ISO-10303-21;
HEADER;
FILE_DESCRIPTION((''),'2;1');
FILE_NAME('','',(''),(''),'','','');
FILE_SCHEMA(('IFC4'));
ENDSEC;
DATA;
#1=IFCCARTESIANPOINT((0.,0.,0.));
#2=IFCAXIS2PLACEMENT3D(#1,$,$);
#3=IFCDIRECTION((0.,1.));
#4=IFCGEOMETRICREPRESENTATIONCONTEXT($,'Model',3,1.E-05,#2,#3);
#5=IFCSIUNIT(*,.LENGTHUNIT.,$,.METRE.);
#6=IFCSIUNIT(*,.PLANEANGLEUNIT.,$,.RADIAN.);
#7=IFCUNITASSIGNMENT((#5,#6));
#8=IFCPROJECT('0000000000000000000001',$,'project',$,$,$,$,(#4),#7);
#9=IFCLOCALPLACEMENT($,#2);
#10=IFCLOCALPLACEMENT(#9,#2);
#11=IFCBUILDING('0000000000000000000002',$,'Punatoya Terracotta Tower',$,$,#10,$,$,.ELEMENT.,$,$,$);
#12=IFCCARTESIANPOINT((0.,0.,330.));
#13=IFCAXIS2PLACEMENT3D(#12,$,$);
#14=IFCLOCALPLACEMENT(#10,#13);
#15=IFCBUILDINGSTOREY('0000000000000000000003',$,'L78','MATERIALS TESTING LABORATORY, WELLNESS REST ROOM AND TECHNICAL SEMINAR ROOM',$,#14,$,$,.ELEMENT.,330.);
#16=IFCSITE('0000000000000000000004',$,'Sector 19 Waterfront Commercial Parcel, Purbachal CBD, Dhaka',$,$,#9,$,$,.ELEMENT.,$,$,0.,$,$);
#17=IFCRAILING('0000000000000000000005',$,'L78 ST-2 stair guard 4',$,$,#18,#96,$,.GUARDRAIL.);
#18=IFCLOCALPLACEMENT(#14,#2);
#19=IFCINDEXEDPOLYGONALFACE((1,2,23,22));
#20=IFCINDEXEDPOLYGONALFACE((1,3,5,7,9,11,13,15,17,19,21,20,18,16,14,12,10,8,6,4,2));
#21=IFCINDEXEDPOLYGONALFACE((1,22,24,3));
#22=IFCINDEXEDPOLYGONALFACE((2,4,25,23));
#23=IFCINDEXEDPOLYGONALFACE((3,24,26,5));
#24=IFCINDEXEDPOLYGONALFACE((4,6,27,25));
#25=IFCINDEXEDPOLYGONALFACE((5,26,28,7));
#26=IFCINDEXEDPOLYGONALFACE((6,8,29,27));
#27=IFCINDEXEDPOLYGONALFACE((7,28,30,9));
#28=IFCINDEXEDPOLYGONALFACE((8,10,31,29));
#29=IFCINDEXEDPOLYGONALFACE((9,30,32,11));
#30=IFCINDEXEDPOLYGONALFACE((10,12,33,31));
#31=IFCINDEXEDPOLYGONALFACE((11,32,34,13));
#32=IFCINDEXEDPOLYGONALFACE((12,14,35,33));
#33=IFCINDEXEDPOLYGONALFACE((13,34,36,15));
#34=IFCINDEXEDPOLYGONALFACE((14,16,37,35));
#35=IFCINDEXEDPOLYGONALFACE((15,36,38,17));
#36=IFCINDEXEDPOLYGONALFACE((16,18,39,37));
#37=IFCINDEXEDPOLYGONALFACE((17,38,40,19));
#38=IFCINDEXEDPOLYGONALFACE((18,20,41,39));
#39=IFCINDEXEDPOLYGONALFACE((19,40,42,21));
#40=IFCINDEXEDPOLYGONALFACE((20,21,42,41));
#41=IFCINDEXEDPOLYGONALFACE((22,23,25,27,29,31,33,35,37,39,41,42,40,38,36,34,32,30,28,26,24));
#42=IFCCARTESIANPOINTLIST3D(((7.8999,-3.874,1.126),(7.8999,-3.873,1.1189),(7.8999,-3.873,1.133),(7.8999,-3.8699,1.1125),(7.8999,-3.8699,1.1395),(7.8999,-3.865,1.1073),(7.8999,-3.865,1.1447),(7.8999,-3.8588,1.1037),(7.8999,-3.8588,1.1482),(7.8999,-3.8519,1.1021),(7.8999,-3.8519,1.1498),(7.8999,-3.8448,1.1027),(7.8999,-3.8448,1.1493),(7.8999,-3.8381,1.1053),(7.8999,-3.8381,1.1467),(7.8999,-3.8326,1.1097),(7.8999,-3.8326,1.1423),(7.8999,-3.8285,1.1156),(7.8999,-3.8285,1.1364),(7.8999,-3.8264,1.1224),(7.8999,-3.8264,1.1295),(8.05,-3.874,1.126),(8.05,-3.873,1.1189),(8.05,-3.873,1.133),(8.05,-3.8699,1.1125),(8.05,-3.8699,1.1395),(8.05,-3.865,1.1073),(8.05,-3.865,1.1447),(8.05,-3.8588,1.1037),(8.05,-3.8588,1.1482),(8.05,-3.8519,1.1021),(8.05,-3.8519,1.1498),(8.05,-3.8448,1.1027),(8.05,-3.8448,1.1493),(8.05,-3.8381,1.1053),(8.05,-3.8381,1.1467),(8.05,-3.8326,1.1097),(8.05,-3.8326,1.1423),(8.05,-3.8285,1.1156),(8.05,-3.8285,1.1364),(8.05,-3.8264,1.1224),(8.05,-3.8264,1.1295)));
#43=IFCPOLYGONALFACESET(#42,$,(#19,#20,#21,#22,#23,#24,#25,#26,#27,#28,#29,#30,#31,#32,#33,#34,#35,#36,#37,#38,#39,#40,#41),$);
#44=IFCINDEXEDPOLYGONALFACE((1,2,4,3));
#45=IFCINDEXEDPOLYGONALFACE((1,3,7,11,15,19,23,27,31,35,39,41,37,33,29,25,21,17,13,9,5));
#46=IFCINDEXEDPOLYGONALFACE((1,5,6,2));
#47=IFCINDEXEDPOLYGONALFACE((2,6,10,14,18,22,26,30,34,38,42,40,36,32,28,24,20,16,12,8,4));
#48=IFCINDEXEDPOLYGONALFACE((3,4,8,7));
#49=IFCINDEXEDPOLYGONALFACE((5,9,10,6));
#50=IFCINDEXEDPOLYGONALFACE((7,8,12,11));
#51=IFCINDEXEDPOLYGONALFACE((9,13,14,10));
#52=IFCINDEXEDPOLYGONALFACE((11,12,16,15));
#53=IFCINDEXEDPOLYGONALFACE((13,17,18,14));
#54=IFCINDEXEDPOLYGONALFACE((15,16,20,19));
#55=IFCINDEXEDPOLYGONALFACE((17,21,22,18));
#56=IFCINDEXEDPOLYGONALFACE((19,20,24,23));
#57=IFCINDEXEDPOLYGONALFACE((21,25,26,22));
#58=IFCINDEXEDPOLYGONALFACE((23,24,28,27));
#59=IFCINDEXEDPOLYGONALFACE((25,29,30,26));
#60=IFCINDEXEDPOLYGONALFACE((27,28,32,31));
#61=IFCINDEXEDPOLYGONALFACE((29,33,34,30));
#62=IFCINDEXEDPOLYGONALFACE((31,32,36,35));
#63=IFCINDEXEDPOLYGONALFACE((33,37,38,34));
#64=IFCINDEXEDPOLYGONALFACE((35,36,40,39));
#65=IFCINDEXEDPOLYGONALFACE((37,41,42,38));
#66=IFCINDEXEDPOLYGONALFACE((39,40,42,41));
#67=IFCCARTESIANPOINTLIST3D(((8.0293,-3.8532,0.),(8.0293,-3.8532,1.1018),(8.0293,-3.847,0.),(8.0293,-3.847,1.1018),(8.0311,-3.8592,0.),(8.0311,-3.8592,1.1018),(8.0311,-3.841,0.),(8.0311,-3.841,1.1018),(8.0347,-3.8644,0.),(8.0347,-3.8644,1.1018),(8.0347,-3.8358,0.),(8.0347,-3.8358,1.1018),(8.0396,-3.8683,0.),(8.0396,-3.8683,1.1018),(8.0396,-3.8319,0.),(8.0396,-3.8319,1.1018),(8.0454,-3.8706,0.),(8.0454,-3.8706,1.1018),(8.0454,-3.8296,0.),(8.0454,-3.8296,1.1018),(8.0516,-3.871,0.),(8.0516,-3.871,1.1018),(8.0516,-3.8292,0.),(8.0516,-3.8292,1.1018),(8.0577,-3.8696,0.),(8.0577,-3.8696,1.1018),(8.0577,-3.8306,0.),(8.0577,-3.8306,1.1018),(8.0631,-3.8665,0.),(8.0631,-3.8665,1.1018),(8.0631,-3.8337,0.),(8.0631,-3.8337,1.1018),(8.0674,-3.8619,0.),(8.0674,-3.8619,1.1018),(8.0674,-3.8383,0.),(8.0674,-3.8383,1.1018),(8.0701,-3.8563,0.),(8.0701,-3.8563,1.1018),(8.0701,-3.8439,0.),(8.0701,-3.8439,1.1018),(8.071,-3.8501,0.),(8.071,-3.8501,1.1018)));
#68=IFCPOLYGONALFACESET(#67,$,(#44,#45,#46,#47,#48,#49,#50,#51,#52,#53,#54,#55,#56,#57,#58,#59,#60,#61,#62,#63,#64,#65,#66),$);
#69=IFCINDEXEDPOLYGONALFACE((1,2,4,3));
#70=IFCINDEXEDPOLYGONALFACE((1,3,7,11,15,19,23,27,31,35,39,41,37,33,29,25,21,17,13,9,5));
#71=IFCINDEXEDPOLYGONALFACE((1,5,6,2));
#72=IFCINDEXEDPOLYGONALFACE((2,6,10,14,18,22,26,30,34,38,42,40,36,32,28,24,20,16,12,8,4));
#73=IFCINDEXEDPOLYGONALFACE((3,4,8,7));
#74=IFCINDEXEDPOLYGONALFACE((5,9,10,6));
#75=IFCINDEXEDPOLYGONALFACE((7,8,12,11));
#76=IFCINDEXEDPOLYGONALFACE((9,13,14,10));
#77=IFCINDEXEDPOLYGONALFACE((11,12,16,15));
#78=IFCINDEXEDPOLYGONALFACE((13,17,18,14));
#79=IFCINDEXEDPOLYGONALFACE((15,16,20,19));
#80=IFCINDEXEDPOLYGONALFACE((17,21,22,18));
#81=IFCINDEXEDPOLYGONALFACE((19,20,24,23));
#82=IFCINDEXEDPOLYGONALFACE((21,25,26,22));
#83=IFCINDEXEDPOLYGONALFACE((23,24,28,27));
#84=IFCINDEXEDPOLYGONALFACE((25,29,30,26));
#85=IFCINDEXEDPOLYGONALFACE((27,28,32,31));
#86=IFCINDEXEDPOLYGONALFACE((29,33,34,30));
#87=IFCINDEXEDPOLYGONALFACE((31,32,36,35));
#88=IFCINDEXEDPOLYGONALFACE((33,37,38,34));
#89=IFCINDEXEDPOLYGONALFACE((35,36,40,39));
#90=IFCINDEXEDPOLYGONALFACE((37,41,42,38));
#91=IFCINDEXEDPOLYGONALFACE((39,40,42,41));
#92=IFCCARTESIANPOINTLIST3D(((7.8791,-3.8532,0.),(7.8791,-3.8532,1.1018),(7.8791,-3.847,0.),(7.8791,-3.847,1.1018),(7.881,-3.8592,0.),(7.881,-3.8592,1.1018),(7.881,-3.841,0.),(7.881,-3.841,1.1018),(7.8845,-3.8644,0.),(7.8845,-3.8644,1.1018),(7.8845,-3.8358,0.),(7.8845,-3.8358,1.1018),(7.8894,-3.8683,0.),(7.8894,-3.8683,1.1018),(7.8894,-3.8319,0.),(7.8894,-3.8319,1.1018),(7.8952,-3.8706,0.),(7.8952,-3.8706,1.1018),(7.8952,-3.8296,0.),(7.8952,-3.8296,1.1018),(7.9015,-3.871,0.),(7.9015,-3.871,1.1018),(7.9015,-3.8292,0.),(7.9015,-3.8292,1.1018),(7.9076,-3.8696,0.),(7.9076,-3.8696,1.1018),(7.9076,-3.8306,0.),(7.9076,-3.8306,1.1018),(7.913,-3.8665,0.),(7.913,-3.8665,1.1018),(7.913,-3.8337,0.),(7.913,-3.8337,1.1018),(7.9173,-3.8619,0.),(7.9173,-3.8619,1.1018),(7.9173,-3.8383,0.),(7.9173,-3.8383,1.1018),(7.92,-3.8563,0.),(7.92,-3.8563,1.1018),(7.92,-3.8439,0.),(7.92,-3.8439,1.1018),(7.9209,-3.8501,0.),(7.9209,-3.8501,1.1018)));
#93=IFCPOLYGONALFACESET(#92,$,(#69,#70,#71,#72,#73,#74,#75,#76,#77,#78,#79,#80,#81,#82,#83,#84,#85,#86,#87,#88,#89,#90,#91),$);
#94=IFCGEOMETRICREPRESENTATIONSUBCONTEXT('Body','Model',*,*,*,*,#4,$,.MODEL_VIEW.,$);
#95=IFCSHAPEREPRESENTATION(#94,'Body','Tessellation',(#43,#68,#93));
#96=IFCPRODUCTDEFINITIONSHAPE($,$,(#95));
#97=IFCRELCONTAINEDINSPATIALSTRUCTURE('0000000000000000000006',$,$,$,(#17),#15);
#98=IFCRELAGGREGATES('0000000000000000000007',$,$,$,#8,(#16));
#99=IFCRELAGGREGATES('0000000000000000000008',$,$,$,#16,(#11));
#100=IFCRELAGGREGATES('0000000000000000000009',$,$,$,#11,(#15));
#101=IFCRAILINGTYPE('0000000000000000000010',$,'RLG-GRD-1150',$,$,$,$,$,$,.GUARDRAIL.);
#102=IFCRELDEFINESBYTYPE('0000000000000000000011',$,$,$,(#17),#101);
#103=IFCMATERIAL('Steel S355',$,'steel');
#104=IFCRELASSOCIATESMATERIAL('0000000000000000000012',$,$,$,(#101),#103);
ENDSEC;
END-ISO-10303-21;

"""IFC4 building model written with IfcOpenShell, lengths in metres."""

from ifc_helpers import new_model, si_unit, direction, frame, origin, origin_2d, place, context, subcontext, project, spatial, circle, extrude, material, type_object, element, save


model = new_model("IFC4")

# Units and contexts
model_context = context("Model", 3, precision=1e-05, world=origin(), true_north=direction((0.0, 1.0)))
body_context = subcontext(model_context, "Body", "Model", "MODEL_VIEW")
ifc_project = project(units=[si_unit("LENGTHUNIT", "METRE"), si_unit("PLANEANGLEUNIT", "RADIAN")], contexts=[model_context])

# Site, building, storey
site_placement = place(None, origin())
site = spatial("IfcSite", under=ifc_project, at=site_placement, Name="Sector 19 Waterfront Commercial Parcel, Purbachal CBD, Dhaka", CompositionType="ELEMENT", RefElevation=0.0)
building_placement = place(site_placement, origin())
building = spatial("IfcBuilding", under=site, at=building_placement, Name="Punatoya Terracotta Tower", CompositionType="ELEMENT")
storey_placement = place(building_placement, frame((0.0, 0.0, 330.0)))
storey = spatial("IfcBuildingStorey", under=building, at=storey_placement, Name="L78", Description="MATERIALS TESTING LABORATORY, WELLNESS REST ROOM AND TECHNICAL SEMINAR ROOM", CompositionType="ELEMENT", Elevation=330.0)

# Railing
ifc_material_1 = material(Name="Steel S355", Category="steel")
railing_type = type_object("IfcRailingType", Name="RLG-GRD-1150", PredefinedType="GUARDRAIL", material=ifc_material_1)
railing_1_placement = place(storey_placement, frame((8.05, -3.8501, 0.0)))
element("IfcRailing", 1, at=railing_1_placement, inside=storey, type_object=railing_type, Name="L78 ST-2 stair guard 4", PredefinedType="GUARDRAIL", context=body_context, shape_type="SweptSolid", body=[
    extrude(circle(Radius=0.0239, at=origin_2d()), frame((0.0, 0.0, 1.126), z_axis=(-1.0, 0.0, 0.0), x_axis=(0.0, -1.0, 0.0)), (0.0, 0.0, 1.0), 0.1501),
    extrude(circle(Radius=0.021, at=origin_2d()), origin(), (0.0, 0.0, 1.0), 1.1018),
    extrude(circle(Radius=0.021, at=origin_2d()), frame((-0.1501, 0.0, 0.0)), (0.0, 0.0, 1.0), 1.1018),
])

save(model, "model.ifc")
